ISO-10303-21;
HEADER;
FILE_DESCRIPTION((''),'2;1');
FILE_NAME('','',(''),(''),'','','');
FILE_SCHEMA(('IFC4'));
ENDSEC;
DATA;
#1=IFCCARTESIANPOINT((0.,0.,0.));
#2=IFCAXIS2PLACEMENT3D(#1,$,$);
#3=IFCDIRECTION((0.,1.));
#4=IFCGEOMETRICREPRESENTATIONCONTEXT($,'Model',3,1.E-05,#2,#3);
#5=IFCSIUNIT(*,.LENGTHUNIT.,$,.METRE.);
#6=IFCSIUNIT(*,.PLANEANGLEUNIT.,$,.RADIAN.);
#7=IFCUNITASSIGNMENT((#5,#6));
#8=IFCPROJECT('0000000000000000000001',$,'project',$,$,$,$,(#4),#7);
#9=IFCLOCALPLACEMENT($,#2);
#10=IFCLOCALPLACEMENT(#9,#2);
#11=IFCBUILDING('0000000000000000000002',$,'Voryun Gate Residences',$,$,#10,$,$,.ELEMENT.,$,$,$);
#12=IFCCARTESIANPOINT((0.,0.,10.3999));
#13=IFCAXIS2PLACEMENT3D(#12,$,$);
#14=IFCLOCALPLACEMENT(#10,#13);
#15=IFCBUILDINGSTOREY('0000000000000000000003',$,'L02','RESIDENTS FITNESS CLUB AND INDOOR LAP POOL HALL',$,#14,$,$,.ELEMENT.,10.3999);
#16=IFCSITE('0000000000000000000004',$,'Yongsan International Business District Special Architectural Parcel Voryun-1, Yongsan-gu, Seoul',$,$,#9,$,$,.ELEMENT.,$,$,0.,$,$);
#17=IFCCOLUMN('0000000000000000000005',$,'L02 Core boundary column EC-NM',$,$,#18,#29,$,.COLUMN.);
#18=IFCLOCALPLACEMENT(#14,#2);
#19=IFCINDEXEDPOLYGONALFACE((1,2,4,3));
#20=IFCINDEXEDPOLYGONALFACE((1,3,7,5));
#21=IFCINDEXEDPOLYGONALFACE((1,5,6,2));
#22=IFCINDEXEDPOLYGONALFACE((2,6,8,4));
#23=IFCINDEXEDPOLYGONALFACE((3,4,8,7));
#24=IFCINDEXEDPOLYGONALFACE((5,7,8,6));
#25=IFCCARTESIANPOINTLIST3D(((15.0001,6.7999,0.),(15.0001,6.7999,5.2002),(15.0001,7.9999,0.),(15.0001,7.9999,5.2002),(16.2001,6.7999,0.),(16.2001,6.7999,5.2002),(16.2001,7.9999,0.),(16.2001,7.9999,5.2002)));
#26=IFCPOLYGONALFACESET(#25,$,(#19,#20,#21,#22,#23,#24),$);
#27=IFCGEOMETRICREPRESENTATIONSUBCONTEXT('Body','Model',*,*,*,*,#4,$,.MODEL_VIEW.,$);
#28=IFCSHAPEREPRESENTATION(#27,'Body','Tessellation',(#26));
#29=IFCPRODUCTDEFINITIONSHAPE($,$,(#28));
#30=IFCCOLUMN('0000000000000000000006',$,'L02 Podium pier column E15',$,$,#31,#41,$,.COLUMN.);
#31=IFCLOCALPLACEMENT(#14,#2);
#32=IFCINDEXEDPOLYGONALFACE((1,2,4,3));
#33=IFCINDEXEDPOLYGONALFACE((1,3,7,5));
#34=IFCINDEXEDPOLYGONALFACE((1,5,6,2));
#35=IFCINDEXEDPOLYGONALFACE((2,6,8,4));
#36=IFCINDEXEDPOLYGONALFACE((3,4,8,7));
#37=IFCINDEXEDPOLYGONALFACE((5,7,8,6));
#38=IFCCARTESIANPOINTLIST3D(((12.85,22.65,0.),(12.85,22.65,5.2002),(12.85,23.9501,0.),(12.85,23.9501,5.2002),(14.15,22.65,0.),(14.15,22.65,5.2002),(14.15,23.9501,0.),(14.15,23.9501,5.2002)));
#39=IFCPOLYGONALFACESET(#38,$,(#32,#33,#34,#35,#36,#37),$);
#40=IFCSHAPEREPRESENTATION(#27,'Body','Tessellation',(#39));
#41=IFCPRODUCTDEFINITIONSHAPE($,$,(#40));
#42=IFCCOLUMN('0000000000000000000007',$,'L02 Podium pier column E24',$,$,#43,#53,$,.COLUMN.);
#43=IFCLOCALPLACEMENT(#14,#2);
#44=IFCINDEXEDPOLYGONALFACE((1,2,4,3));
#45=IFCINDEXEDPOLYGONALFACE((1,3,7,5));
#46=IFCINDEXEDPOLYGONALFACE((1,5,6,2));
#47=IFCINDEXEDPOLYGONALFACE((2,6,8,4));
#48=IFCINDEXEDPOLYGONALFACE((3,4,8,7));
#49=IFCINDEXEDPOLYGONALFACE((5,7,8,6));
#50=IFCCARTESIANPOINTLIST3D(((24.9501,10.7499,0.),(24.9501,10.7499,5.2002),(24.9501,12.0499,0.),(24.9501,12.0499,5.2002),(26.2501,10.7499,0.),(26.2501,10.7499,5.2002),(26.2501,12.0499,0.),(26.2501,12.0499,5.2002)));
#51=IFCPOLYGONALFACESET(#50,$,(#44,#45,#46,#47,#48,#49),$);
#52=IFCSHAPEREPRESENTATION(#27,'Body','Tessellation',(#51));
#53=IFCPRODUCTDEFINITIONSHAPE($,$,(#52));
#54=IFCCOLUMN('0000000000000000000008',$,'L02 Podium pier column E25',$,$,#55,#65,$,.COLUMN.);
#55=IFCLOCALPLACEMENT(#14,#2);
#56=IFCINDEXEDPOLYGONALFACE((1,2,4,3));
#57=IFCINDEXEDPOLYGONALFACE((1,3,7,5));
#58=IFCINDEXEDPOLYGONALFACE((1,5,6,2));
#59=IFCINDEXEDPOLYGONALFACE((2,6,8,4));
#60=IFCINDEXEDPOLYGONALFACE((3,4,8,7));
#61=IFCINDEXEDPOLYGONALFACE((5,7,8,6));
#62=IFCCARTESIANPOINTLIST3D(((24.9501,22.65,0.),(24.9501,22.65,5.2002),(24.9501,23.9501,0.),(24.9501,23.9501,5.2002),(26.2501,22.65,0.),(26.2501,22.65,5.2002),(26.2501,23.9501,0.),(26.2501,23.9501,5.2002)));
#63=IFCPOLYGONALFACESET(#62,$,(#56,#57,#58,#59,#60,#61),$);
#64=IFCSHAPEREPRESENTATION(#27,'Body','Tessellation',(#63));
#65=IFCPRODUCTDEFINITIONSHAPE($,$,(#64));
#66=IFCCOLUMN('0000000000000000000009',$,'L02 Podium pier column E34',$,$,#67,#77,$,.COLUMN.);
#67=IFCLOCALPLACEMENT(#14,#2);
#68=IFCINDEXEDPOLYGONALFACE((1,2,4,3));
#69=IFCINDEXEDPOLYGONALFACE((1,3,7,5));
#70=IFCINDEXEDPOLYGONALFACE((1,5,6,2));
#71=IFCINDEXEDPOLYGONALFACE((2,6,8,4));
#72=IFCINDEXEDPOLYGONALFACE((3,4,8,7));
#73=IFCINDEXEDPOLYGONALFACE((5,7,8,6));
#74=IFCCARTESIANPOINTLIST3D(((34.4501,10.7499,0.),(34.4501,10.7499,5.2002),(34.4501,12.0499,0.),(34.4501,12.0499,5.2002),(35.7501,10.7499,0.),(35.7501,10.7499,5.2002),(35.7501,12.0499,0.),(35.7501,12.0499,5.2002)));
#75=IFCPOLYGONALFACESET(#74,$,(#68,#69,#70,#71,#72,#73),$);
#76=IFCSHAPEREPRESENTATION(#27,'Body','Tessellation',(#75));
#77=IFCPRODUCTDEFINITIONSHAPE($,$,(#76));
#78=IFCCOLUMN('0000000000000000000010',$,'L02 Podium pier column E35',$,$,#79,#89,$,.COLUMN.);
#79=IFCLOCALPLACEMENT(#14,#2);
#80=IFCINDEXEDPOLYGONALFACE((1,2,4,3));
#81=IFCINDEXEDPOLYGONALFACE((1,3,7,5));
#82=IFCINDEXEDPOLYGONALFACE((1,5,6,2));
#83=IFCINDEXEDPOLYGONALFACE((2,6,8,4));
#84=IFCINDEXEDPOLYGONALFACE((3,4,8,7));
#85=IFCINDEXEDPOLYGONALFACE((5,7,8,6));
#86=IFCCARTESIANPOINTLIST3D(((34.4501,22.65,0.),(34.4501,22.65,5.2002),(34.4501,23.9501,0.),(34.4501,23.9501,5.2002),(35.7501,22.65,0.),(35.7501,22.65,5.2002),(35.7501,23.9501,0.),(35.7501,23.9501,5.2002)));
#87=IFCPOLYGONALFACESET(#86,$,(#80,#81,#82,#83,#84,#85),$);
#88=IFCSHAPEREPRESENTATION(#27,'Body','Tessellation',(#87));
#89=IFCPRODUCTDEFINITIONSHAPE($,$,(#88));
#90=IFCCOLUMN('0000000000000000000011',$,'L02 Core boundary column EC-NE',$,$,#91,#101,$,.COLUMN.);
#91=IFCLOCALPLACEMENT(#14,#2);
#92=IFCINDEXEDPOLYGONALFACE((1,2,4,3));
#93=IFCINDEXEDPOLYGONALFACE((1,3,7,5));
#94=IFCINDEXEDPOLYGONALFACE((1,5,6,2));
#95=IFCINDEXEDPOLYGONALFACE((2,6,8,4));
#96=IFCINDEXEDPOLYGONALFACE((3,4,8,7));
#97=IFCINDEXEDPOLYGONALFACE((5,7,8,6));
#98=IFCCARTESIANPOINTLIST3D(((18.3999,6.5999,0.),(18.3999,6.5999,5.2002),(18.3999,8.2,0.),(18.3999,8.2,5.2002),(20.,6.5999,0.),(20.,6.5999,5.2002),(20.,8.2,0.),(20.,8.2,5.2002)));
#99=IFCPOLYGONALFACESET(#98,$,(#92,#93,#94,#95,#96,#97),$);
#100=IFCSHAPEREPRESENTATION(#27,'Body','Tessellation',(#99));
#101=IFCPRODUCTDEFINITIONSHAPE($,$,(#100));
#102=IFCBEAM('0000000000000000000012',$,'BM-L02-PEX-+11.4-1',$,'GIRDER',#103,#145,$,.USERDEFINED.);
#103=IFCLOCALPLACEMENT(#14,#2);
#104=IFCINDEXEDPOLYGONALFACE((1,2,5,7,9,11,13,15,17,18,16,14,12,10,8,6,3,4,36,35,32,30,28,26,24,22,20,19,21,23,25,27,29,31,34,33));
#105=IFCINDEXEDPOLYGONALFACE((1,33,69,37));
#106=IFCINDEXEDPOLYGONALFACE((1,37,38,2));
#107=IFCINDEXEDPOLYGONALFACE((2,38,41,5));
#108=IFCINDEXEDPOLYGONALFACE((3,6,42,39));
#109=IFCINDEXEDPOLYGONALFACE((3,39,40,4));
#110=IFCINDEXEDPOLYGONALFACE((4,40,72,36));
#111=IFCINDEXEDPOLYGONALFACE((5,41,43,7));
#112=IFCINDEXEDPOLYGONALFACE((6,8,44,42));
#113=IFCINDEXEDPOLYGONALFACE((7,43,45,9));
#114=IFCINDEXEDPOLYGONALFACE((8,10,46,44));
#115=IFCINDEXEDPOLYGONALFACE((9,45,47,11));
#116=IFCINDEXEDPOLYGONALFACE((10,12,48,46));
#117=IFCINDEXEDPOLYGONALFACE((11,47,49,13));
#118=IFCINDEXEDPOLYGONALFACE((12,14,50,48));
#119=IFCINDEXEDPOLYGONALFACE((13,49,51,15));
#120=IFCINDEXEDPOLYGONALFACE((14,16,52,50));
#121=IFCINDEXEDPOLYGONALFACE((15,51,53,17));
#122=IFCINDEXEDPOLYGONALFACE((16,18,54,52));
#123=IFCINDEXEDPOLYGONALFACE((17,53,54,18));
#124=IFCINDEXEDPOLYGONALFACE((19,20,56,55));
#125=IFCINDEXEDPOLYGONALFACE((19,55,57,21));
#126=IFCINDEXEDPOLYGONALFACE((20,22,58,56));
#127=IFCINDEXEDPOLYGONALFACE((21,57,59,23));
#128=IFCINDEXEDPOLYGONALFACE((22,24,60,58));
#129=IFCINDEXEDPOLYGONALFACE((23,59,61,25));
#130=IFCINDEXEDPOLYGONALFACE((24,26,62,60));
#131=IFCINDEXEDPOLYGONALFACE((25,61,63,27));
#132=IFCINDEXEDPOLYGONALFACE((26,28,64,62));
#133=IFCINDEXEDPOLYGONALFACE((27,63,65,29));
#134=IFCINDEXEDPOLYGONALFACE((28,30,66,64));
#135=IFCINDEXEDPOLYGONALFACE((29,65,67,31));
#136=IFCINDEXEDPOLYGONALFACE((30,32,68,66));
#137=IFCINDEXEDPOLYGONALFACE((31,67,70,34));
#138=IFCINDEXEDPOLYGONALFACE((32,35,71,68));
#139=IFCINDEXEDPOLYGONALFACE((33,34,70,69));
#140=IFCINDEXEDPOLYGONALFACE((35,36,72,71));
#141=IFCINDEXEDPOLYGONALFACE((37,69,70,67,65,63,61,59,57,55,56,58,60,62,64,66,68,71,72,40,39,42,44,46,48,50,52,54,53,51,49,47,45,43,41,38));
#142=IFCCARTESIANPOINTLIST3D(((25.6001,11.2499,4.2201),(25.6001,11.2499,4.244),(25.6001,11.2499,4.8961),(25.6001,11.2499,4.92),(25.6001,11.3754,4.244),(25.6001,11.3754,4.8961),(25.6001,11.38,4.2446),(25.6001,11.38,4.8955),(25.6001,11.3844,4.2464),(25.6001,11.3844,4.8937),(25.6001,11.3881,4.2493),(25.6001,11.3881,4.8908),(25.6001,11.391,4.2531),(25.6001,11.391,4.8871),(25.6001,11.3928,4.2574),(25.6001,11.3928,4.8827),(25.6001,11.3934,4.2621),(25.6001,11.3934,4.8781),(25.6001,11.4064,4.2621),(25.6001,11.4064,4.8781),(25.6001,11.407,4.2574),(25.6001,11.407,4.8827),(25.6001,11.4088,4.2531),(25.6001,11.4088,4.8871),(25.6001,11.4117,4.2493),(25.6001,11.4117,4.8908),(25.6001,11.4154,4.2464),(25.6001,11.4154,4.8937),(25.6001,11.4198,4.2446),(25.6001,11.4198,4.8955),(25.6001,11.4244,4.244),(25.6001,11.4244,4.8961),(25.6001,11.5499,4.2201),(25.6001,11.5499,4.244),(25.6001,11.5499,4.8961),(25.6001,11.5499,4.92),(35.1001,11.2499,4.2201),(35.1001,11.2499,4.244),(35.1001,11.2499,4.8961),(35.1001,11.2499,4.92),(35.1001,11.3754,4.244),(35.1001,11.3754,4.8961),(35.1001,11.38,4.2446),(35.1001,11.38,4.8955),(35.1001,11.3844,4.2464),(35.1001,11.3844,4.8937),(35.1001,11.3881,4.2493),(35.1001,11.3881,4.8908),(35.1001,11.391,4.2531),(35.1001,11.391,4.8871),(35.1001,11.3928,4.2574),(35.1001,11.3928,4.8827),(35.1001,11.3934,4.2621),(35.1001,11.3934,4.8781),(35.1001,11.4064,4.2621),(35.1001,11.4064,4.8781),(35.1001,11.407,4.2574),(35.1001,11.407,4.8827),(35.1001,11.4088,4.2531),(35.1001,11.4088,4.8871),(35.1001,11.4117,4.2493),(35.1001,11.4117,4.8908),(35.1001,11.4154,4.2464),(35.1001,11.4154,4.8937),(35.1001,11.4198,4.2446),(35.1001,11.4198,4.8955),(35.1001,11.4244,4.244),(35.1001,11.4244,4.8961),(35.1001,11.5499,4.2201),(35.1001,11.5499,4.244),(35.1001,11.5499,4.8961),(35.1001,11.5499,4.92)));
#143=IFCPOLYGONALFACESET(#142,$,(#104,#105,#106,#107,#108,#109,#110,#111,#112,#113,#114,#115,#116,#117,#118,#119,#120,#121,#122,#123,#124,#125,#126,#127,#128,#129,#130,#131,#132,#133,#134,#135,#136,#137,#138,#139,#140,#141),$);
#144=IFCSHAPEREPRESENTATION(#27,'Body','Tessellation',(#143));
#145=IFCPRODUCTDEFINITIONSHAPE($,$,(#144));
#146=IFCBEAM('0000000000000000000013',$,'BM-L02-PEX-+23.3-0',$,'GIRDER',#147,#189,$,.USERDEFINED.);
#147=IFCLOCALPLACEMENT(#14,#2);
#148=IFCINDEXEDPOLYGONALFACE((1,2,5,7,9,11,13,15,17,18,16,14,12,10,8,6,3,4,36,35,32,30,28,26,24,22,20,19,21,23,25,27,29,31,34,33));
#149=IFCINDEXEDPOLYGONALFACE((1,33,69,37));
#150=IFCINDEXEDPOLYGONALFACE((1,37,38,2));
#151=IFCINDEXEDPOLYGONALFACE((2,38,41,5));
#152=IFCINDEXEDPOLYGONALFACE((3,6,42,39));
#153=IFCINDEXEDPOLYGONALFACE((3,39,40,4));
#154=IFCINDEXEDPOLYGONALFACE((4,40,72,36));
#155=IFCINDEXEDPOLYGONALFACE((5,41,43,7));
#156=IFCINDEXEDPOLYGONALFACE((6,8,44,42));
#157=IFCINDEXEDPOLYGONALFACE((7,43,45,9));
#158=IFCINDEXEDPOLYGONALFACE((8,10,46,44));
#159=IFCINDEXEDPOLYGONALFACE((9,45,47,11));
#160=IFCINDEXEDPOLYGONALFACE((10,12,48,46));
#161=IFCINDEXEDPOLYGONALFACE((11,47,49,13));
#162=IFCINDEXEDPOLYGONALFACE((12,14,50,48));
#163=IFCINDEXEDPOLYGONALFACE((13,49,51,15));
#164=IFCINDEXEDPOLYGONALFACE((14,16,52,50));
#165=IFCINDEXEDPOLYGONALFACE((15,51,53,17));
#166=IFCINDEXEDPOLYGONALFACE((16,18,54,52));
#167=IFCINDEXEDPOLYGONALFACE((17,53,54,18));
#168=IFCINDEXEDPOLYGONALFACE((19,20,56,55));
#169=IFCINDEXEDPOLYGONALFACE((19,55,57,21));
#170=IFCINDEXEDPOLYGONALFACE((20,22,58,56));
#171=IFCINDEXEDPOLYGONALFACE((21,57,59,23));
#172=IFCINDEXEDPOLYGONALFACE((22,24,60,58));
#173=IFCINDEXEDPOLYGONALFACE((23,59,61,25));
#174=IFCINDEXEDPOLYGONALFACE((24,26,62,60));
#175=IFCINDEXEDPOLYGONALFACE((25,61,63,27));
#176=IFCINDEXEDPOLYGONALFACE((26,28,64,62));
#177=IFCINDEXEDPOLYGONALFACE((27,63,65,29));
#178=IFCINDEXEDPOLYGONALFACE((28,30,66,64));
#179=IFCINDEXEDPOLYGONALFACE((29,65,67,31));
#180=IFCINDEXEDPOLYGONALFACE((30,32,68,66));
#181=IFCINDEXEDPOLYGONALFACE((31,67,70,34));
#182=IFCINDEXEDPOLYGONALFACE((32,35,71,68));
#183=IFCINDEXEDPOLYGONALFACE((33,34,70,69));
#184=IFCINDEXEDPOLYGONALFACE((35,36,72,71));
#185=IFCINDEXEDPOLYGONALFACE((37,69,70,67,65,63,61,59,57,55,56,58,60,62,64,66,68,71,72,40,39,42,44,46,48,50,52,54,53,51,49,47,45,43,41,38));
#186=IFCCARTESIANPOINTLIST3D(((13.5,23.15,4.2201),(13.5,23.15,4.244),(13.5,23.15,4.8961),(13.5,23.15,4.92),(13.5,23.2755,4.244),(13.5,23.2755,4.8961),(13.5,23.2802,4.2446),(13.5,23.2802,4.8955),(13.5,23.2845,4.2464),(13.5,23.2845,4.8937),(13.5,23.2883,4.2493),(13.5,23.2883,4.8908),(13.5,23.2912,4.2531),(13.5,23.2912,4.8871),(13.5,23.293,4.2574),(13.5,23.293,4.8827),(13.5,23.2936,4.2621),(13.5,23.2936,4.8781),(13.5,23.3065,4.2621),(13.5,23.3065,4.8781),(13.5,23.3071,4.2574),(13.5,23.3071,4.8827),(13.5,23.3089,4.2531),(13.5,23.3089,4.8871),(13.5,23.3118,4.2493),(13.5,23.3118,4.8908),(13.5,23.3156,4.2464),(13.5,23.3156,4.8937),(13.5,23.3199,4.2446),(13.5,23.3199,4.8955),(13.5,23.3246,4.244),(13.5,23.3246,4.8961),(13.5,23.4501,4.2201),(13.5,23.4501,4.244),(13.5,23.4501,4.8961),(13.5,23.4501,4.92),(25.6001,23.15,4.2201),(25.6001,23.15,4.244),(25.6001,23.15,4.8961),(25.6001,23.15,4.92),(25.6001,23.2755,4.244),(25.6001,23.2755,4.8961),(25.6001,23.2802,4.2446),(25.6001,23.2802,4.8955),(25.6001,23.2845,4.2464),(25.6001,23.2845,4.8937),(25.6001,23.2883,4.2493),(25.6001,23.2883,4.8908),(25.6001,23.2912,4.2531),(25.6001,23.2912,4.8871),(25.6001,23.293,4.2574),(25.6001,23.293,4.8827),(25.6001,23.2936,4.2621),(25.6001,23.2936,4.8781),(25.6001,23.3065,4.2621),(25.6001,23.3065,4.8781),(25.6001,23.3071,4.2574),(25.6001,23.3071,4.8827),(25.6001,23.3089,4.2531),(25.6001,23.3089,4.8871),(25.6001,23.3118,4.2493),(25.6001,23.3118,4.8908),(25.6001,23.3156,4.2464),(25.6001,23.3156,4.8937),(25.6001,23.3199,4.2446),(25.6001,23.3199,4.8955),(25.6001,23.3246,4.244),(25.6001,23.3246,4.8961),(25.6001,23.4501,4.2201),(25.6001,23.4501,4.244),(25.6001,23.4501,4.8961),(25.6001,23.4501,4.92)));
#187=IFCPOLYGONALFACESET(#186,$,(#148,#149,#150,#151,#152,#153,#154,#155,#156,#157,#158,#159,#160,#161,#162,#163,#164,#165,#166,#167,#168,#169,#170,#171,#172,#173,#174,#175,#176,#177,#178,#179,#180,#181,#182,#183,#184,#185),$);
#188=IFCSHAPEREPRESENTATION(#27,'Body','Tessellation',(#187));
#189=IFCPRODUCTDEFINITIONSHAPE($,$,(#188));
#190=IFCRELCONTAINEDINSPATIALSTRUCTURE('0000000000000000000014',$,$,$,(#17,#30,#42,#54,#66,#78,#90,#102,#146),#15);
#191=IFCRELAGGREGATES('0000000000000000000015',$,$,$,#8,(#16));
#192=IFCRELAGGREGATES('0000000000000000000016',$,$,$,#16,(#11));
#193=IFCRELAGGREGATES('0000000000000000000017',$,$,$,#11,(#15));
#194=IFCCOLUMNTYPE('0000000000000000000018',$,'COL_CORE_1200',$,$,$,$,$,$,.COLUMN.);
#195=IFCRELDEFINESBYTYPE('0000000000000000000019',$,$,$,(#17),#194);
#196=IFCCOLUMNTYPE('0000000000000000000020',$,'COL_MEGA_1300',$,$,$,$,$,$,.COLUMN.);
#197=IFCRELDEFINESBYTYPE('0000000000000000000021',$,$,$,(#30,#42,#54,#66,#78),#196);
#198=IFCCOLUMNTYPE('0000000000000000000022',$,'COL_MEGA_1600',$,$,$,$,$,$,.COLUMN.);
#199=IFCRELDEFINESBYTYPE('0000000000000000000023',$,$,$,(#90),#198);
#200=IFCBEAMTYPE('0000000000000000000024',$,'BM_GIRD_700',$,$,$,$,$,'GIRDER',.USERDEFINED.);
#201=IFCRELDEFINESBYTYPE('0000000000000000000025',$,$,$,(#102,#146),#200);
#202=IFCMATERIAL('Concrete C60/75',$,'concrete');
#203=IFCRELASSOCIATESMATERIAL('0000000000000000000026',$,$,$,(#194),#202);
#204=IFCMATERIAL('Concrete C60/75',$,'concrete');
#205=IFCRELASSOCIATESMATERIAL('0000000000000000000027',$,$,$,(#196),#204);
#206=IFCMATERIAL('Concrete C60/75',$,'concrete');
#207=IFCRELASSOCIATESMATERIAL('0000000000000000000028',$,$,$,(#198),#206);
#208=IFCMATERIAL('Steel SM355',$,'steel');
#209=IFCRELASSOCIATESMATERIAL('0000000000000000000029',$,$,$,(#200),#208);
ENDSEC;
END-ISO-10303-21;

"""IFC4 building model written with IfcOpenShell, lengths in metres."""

from ifc_helpers import new_model, si_unit, direction, frame, origin, origin_2d, place, context, subcontext, project, spatial, rectangle, i_section, extrude, material, material_profile, profile_set, type_object, element, save


model = new_model("IFC4")

# Units and contexts
model_context = context("Model", 3, precision=1e-05, world=origin(), true_north=direction((0.0, 1.0)))
body_context = subcontext(model_context, "Body", "Model", "MODEL_VIEW")
ifc_project = project(units=[si_unit("LENGTHUNIT", "METRE"), si_unit("PLANEANGLEUNIT", "RADIAN")], contexts=[model_context])

# Site, building, storey
site_placement = place(None, origin())
site = spatial("IfcSite", under=ifc_project, at=site_placement, Name="Yongsan International Business District Special Architectural Parcel Voryun-1, Yongsan-gu, Seoul", CompositionType="ELEMENT", RefElevation=0.0)
building_placement = place(site_placement, origin())
building = spatial("IfcBuilding", under=site, at=building_placement, Name="Voryun Gate Residences", CompositionType="ELEMENT")
storey_placement = place(building_placement, frame((0.0, 0.0, 10.3999)))
storey = spatial("IfcBuildingStorey", under=building, at=storey_placement, Name="L02", Description="RESIDENTS FITNESS CLUB AND INDOOR LAP POOL HALL", CompositionType="ELEMENT", Elevation=10.3999)

# Columns
ifc_material_1 = material(Name="Concrete C60/75", Category="concrete")
ifc_material_profile_1 = material_profile(ifc_material_1, rectangle(XDim=1.2, YDim=1.2, at=origin_2d()), Name="RC-1200x1200")
ifc_profile_set_1 = profile_set([ifc_material_profile_1], Name="Concrete C60/75")
column_type_1 = type_object("IfcColumnType", Name="COL_CORE_1200", PredefinedType="COLUMN", material=ifc_profile_set_1)
column_1_placement = place(storey_placement, frame((15.6001, 7.3999, 0.0), z_axis=(0.0, 0.0, 1.0), x_axis=(1.0, 0.0, 0.0)))
element("IfcColumn", 1, at=column_1_placement, inside=storey, type_object=column_type_1, Name="L02 Core boundary column EC-NM", PredefinedType="COLUMN", context=body_context, shape_type="SweptSolid", body=[
    extrude(rectangle(XDim=1.2, YDim=1.2, at=origin_2d()), origin(), (0.0, 0.0, 1.0), 5.2002),
])
ifc_material_2 = material(Name="Concrete C60/75", Category="concrete")
ifc_material_profile_2 = material_profile(ifc_material_2, rectangle(XDim=1.3, YDim=1.3, at=origin_2d()), Name="RC-1300x1300")
ifc_profile_set_2 = profile_set([ifc_material_profile_2], Name="Concrete C60/75")
column_type_2 = type_object("IfcColumnType", Name="COL_MEGA_1300", PredefinedType="COLUMN", material=ifc_profile_set_2)
for number, where, z_axis, x_axis, name in (
    (2, (13.5, 23.3, 0.0), (0.0, 0.0, 1.0), (1.0, 0.0, 0.0), "L02 Podium pier column E15"),
    (3, (25.6001, 11.3999, 0.0), (0.0, 0.0, 1.0), (1.0, 0.0, 0.0), "L02 Podium pier column E24"),
    (4, (25.6001, 23.3, 0.0), (0.0, 0.0, 1.0), (1.0, 0.0, 0.0), "L02 Podium pier column E25"),
    (5, (35.1001, 11.3999, 0.0), (0.0, 0.0, 1.0), (1.0, 0.0, 0.0), "L02 Podium pier column E34"),
    (6, (35.1001, 23.3, 0.0), (0.0, 0.0, 1.0), (1.0, 0.0, 0.0), "L02 Podium pier column E35"),
):
    element("IfcColumn", number, at=place(storey_placement, frame(where, z_axis=z_axis, x_axis=x_axis)), inside=storey, type_object=column_type_2, Name=name, PredefinedType="COLUMN", context=body_context, shape_type="SweptSolid", body=[
        extrude(rectangle(XDim=1.3, YDim=1.3, at=origin_2d()), origin(), (0.0, 0.0, 1.0), 5.2002),
    ])
ifc_material_3 = material(Name="Concrete C60/75", Category="concrete")
ifc_material_profile_3 = material_profile(ifc_material_3, rectangle(XDim=1.6001, YDim=1.6001, at=origin_2d()), Name="RC-1600x1600")
ifc_profile_set_3 = profile_set([ifc_material_profile_3], Name="Concrete C60/75")
column_type_3 = type_object("IfcColumnType", Name="COL_MEGA_1600", PredefinedType="COLUMN", material=ifc_profile_set_3)
column_2_placement = place(storey_placement, frame((19.2, 7.3999, 0.0), z_axis=(0.0, 0.0, 1.0), x_axis=(1.0, 0.0, 0.0)))
element("IfcColumn", 7, at=column_2_placement, inside=storey, type_object=column_type_3, Name="L02 Core boundary column EC-NE", PredefinedType="COLUMN", context=body_context, shape_type="SweptSolid", body=[
    extrude(rectangle(XDim=1.6001, YDim=1.6001, at=origin_2d()), origin(), (0.0, 0.0, 1.0), 5.2002),
])

# Beams
ifc_material_4 = material(Name="Steel SM355", Category="steel")
ifc_material_profile_4 = material_profile(ifc_material_4, i_section(OverallWidth=0.3, OverallDepth=0.7, WebThickness=0.0129, FlangeThickness=0.0239, FilletRadius=0.0181, at=origin_2d()), Name="H-700x300x13x24")
ifc_profile_set_4 = profile_set([ifc_material_profile_4], Name="Steel SM355")
beam_type = type_object("IfcBeamType", Name="BM_GIRD_700", ElementType="GIRDER", PredefinedType="USERDEFINED", material=ifc_profile_set_4)
beam_1_placement = place(storey_placement, frame((25.6001, 11.3999, 4.5701), z_axis=(1.0, 0.0, 0.0), x_axis=(0.0, 1.0, 0.0)))
element("IfcBeam", 8, at=beam_1_placement, inside=storey, type_object=beam_type, Name="BM-L02-PEX-+11.4-1", ObjectType="GIRDER", PredefinedType="USERDEFINED", context=body_context, shape_type="SweptSolid", body=[
    extrude(i_section(OverallWidth=0.3, OverallDepth=0.7, WebThickness=0.0129, FlangeThickness=0.0239, FilletRadius=0.0181, at=origin_2d()), origin(), (0.0, 0.0, 1.0), 9.5),
])
beam_2_placement = place(storey_placement, frame((13.5, 23.3, 4.5701), z_axis=(1.0, 0.0, 0.0), x_axis=(0.0, 1.0, 0.0)))
element("IfcBeam", 9, at=beam_2_placement, inside=storey, type_object=beam_type, Name="BM-L02-PEX-+23.3-0", ObjectType="GIRDER", PredefinedType="USERDEFINED", context=body_context, shape_type="SweptSolid", body=[
    extrude(i_section(OverallWidth=0.3, OverallDepth=0.7, WebThickness=0.0129, FlangeThickness=0.0239, FilletRadius=0.0181, at=origin_2d()), origin(), (0.0, 0.0, 1.0), 12.1001),
])

save(model, "model.ifc")
